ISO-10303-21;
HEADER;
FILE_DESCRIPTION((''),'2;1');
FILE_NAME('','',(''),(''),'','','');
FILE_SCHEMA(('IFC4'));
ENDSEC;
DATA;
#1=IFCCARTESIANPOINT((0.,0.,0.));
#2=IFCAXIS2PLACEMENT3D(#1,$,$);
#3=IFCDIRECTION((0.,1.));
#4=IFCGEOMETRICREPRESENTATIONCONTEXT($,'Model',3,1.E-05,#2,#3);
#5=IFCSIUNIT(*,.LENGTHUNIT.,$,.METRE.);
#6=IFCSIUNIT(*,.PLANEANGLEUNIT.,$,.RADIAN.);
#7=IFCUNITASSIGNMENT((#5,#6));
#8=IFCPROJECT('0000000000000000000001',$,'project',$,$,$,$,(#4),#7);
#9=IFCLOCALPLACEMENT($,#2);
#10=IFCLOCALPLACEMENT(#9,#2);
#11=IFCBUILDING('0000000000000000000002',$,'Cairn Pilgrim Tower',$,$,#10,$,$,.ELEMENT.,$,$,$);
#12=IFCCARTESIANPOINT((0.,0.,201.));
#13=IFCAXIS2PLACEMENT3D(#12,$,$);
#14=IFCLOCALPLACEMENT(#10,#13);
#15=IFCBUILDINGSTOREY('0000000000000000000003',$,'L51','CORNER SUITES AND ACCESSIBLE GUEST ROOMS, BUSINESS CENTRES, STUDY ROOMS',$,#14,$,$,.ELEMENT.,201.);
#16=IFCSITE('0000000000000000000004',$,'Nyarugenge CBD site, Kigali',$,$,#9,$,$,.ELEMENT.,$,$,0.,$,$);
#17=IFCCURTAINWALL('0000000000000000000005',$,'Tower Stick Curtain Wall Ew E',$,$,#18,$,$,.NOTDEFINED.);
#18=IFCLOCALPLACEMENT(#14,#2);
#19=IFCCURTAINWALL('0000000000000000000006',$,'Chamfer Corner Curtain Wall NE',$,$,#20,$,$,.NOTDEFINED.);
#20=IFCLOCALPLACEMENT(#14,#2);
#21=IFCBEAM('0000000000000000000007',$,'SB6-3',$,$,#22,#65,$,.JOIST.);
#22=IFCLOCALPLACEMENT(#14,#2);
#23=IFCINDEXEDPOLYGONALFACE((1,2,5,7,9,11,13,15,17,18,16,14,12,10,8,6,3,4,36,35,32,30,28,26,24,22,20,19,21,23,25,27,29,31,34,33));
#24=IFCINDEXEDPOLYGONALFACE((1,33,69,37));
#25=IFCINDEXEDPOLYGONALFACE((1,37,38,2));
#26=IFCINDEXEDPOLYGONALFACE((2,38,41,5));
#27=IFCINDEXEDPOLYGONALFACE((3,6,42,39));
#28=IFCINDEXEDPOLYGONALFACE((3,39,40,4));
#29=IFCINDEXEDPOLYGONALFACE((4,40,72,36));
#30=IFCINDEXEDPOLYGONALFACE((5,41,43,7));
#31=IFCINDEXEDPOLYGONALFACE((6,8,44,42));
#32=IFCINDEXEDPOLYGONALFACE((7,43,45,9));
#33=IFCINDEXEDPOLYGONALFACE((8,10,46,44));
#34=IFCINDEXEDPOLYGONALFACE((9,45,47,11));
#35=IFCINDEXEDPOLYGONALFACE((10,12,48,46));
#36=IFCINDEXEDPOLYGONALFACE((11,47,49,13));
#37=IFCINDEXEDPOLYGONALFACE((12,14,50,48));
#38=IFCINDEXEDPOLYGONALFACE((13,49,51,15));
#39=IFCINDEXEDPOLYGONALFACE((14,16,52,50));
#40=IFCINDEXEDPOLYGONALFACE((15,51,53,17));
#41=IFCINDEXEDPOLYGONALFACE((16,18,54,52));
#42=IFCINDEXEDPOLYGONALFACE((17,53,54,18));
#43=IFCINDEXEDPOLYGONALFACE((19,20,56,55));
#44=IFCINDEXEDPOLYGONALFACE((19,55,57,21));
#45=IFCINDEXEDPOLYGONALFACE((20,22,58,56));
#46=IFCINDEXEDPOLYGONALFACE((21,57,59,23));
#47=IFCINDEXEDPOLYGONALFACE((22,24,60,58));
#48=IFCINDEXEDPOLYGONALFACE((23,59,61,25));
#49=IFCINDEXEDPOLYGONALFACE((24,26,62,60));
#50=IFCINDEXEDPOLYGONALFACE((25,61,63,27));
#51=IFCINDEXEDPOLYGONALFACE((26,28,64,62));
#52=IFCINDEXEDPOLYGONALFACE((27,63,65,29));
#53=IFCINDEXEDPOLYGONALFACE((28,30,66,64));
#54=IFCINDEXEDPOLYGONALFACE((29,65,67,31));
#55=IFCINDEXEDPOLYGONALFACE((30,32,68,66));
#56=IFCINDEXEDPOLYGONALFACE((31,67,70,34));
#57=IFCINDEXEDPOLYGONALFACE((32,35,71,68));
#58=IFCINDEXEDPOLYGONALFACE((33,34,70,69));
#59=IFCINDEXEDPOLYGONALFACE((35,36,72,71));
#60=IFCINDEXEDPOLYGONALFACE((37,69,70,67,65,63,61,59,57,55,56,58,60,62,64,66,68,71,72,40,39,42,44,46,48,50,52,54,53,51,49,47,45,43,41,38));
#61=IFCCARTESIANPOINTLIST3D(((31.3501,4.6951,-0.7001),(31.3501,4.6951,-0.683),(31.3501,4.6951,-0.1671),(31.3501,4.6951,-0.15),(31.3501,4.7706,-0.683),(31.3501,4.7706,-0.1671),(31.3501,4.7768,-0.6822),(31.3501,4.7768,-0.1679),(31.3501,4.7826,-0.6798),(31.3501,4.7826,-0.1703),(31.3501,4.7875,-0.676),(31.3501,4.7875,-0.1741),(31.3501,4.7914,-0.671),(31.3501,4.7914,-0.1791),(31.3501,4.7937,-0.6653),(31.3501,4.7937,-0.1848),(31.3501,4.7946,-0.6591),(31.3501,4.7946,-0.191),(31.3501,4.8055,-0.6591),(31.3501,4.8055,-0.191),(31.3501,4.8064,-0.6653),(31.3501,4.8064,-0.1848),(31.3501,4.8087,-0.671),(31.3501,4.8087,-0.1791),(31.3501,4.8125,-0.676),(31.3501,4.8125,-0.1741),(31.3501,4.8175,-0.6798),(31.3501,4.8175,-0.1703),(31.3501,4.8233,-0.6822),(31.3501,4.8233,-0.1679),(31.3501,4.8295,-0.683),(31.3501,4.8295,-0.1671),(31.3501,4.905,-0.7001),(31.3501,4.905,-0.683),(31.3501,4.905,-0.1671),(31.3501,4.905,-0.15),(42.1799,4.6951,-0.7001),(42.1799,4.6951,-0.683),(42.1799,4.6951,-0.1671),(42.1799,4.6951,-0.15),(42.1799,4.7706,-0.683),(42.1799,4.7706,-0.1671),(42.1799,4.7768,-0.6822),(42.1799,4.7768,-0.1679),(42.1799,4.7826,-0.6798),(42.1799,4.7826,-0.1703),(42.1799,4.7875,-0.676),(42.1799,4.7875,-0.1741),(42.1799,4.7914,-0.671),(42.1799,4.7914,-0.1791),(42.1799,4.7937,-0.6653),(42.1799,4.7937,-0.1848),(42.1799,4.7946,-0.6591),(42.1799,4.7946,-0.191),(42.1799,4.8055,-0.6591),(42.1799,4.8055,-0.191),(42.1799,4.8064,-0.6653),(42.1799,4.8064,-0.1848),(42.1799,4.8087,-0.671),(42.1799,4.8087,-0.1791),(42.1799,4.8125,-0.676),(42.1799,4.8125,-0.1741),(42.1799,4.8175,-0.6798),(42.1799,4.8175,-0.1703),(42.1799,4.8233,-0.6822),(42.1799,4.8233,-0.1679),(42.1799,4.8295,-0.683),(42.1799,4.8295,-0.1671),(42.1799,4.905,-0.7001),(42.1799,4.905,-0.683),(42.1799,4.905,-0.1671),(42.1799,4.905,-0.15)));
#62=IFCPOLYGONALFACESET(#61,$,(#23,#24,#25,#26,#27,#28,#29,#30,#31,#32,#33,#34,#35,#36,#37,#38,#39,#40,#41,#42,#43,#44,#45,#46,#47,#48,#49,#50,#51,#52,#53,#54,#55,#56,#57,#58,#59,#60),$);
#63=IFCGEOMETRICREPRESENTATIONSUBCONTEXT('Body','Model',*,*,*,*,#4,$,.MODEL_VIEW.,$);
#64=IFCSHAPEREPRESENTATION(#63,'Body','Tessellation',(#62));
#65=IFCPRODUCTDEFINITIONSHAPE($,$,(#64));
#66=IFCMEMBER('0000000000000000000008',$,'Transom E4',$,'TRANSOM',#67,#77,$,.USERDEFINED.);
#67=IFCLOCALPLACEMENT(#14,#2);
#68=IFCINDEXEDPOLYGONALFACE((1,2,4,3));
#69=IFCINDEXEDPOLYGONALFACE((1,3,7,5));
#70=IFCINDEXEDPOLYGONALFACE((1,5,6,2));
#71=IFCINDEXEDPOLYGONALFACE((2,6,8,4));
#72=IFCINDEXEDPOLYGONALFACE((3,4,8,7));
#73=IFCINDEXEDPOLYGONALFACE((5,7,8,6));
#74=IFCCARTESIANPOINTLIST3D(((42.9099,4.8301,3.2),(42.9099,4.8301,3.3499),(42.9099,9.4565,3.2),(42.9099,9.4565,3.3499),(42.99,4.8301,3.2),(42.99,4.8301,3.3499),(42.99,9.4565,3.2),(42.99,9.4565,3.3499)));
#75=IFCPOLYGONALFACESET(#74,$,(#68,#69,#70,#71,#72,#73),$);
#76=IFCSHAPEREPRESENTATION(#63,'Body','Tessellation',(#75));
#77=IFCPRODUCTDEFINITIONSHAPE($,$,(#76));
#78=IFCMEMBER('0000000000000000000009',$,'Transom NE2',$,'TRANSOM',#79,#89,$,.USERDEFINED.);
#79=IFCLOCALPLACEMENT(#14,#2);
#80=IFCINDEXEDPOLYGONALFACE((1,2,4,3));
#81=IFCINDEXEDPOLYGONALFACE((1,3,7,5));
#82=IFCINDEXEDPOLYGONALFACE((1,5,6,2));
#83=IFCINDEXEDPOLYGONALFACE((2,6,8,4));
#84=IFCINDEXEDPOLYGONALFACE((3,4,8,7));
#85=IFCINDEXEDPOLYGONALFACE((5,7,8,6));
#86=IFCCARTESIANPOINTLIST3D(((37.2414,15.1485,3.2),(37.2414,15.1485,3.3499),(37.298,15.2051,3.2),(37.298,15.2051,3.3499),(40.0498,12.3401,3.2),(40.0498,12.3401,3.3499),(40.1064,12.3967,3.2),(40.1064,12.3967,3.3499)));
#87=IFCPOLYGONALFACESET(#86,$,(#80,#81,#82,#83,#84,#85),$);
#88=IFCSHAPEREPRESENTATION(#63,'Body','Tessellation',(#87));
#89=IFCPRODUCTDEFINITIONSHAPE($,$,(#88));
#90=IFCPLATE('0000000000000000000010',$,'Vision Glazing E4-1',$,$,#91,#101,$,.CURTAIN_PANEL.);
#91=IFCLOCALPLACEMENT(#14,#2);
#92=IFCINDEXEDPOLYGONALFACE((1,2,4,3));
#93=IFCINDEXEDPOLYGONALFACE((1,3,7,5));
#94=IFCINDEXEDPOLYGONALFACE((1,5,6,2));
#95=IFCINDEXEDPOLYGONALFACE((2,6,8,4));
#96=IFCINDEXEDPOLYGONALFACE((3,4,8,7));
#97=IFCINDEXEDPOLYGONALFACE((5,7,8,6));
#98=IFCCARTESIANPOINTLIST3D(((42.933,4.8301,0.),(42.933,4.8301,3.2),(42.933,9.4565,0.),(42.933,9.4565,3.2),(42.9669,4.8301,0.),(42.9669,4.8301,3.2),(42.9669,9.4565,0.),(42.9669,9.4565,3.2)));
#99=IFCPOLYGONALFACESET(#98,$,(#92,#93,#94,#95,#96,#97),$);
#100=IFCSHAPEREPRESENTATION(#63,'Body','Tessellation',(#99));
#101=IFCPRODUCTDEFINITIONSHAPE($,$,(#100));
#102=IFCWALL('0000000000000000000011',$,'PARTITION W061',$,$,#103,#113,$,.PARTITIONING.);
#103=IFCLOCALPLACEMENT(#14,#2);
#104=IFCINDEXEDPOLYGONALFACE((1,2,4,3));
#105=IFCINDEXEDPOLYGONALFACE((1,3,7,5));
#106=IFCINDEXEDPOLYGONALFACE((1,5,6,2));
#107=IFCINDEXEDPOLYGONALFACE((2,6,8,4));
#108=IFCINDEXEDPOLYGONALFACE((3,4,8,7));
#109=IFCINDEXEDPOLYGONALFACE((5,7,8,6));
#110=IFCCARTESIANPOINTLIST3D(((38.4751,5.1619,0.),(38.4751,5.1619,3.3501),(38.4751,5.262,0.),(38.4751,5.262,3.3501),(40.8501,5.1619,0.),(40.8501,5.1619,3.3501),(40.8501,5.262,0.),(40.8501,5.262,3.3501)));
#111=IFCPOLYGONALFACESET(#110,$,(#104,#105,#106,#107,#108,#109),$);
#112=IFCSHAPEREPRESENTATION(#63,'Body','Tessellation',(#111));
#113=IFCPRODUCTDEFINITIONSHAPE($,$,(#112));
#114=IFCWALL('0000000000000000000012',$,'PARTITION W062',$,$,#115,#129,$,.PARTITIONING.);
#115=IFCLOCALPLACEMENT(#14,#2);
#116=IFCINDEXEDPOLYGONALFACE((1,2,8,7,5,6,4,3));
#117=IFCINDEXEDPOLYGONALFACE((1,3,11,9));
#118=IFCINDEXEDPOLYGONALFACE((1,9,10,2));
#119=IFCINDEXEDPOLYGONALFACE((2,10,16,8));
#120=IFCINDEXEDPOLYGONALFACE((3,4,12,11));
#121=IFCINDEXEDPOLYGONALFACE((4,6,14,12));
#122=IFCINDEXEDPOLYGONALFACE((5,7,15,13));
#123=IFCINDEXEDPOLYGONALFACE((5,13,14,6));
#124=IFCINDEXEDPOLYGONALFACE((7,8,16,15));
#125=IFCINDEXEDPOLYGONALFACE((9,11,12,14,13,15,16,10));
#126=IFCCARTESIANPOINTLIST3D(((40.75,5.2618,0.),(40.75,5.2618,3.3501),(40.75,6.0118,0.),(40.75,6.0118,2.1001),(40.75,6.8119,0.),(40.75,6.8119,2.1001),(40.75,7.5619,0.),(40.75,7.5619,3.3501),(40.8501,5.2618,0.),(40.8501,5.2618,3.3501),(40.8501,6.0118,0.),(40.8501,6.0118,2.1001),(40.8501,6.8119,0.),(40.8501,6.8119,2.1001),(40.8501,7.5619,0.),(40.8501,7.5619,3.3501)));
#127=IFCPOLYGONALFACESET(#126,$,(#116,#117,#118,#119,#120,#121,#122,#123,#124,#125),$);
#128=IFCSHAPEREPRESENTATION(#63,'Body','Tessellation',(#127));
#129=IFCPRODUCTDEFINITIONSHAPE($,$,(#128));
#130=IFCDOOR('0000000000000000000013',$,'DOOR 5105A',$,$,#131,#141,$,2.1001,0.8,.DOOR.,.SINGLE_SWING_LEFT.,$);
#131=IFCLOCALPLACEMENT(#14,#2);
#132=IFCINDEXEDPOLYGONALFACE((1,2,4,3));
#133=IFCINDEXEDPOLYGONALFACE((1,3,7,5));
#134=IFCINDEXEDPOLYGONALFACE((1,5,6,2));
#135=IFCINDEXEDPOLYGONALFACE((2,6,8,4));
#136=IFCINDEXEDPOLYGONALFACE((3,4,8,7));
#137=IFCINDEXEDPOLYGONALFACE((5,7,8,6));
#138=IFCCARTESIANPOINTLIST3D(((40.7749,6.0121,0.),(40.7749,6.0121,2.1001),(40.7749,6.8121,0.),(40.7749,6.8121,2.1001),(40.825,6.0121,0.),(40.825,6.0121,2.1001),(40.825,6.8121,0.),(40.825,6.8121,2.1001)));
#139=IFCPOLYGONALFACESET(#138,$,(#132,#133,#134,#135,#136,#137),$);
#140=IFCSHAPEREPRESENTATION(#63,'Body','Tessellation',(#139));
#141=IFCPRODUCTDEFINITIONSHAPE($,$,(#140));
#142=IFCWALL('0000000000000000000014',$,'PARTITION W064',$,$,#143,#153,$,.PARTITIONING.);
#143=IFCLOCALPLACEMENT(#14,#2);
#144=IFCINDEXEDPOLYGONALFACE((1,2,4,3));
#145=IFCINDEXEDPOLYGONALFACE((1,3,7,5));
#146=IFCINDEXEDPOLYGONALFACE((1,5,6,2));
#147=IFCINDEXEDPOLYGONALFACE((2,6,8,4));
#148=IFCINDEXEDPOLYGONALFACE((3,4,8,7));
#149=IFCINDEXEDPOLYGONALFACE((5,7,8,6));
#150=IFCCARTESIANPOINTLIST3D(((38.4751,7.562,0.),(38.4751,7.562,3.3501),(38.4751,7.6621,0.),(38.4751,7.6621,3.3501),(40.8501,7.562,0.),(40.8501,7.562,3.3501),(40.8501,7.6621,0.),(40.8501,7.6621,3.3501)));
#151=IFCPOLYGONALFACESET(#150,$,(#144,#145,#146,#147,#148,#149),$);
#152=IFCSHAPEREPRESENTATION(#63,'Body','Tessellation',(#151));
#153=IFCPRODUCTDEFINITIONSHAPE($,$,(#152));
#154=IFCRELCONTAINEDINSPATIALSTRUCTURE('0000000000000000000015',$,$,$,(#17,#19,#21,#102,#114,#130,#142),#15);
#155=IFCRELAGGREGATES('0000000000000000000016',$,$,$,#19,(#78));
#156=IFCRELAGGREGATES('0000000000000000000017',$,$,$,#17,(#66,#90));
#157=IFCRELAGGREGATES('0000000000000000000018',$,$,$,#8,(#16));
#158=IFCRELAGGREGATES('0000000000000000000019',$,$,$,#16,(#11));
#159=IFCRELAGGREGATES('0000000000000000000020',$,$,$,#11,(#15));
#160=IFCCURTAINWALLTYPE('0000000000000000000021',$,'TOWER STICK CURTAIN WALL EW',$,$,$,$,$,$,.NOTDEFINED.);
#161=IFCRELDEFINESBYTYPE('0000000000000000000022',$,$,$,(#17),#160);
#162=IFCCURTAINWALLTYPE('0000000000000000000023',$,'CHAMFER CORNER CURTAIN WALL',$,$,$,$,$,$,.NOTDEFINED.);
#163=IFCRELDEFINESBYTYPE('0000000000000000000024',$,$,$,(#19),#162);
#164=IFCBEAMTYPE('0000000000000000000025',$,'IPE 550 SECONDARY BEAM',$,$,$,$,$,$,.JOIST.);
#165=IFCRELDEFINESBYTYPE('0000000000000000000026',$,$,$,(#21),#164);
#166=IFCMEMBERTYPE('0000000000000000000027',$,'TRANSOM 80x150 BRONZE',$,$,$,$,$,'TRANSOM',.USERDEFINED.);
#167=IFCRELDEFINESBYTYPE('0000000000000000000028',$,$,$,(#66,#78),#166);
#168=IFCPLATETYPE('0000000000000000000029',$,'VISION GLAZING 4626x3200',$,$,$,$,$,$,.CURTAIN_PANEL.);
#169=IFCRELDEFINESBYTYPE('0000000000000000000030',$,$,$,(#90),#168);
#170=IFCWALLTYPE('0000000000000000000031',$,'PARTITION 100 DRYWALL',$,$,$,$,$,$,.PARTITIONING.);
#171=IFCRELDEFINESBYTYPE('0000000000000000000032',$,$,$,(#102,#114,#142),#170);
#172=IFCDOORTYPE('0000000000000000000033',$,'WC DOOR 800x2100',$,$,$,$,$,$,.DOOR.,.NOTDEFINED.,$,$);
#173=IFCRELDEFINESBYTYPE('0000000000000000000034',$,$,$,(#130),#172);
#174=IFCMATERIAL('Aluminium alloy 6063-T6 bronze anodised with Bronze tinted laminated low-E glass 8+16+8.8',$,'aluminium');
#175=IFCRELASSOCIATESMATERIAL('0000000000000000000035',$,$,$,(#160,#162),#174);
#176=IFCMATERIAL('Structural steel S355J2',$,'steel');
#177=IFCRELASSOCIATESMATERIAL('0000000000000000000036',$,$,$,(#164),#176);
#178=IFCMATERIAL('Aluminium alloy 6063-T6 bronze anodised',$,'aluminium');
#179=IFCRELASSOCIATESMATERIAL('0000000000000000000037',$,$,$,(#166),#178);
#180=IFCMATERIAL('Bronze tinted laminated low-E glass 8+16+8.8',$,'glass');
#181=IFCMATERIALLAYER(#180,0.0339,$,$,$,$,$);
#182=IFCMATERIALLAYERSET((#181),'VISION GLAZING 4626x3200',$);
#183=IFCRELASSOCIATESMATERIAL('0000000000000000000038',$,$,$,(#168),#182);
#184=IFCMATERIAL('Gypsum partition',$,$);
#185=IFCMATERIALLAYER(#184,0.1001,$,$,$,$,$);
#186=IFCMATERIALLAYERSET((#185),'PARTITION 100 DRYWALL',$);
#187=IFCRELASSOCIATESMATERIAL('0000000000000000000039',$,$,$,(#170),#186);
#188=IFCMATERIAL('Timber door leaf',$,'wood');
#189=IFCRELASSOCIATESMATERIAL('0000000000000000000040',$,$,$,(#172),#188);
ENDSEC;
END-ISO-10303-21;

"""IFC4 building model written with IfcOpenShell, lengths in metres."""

from ifc_helpers import new_model, si_unit, direction, frame, frame_2d, origin, origin_2d, place, context, subcontext, project, spatial, rectangle, i_section, extrude, material, layer, layer_set, material_profile, profile_set, type_object, element, fill, aggregate, save


model = new_model("IFC4")

# Units and contexts
model_context = context("Model", 3, precision=1e-05, world=origin(), true_north=direction((0.0, 1.0)))
body_context = subcontext(model_context, "Body", "Model", "MODEL_VIEW")
ifc_project = project(units=[si_unit("LENGTHUNIT", "METRE"), si_unit("PLANEANGLEUNIT", "RADIAN")], contexts=[model_context])

# Site, building, storey
site_placement = place(None, origin())
site = spatial("IfcSite", under=ifc_project, at=site_placement, Name="Nyarugenge CBD site, Kigali", CompositionType="ELEMENT", RefElevation=0.0)
building_placement = place(site_placement, origin())
building = spatial("IfcBuilding", under=site, at=building_placement, Name="Cairn Pilgrim Tower", CompositionType="ELEMENT")
storey_placement = place(building_placement, frame((0.0, 0.0, 201.0)))
storey = spatial("IfcBuildingStorey", under=building, at=storey_placement, Name="L51", Description="CORNER SUITES AND ACCESSIBLE GUEST ROOMS, BUSINESS CENTRES, STUDY ROOMS", CompositionType="ELEMENT", Elevation=201.0)

# Curtain wall
ifc_material_1 = material(Name="Aluminium alloy 6063-T6 bronze anodised with Bronze tinted laminated low-E glass 8+16+8.8", Category="aluminium")
curtain_wall_type_1 = type_object("IfcCurtainWallType", Name="TOWER STICK CURTAIN WALL EW", PredefinedType="NOTDEFINED", material=ifc_material_1)
curtain_wall_1_placement = place(storey_placement, origin())
curtain_wall_1 = element("IfcCurtainWall", 1, at=curtain_wall_1_placement, inside=storey, type_object=curtain_wall_type_1, Name="Tower Stick Curtain Wall Ew E", PredefinedType="NOTDEFINED")
ifc_material_2 = material(Name="Aluminium alloy 6063-T6 bronze anodised", Category="aluminium")

# Curtain wall
curtain_wall_type_2 = type_object("IfcCurtainWallType", Name="CHAMFER CORNER CURTAIN WALL", PredefinedType="NOTDEFINED", material=ifc_material_1)
curtain_wall_2_placement = place(storey_placement, origin())
curtain_wall_2 = element("IfcCurtainWall", 2, at=curtain_wall_2_placement, inside=storey, type_object=curtain_wall_type_2, Name="Chamfer Corner Curtain Wall NE", PredefinedType="NOTDEFINED")

# Beam
ifc_material_3 = material(Name="Structural steel S355J2", Category="steel")
ifc_material_profile_1 = material_profile(ifc_material_3, i_section(OverallWidth=0.21, OverallDepth=0.55, WebThickness=0.011, FlangeThickness=0.0171, FilletRadius=0.0239, at=origin_2d()), Name="IPE 550")
ifc_profile_set_1 = profile_set([ifc_material_profile_1], Name="Structural steel S355J2")
beam_type_1 = type_object("IfcBeamType", Name="IPE 550 SECONDARY BEAM", PredefinedType="JOIST", material=ifc_profile_set_1)
beam_1_placement = place(storey_placement, frame((31.3501, 4.8, -0.425), z_axis=(1.0, 0.0, 0.0), x_axis=(0.0, 1.0, 0.0)))
element("IfcBeam", 3, at=beam_1_placement, inside=storey, type_object=beam_type_1, Name="SB6-3", PredefinedType="JOIST", context=body_context, shape_type="SweptSolid", body=[
    extrude(i_section(OverallWidth=0.21, OverallDepth=0.55, WebThickness=0.011, FlangeThickness=0.0171, FilletRadius=0.0239, at=origin_2d()), origin(), (0.0, 0.0, 1.0), 10.8298),
])

# Members
ifc_material_profile_2 = material_profile(ifc_material_2, rectangle(XDim=0.0801, YDim=0.1499, at=origin_2d()), Name="TRANSOM 80x150 BRONZE")
ifc_profile_set_2 = profile_set([ifc_material_profile_2], Name="Aluminium alloy 6063-T6 bronze anodised")
member_type_1 = type_object("IfcMemberType", Name="TRANSOM 80x150 BRONZE", ElementType="TRANSOM", PredefinedType="USERDEFINED", material=ifc_profile_set_2)
member_1_placement = place(storey_placement, frame((42.95, 4.8301, 3.2749), z_axis=(0.0, 1.0, 0.0), x_axis=(-1.0, 0.0, 0.0)))
member_1 = element("IfcMember", 4, at=member_1_placement, type_object=member_type_1, Name="Transom E4", ObjectType="TRANSOM", PredefinedType="USERDEFINED", context=body_context, shape_type="SweptSolid", body=[
    extrude(rectangle(XDim=0.0801, YDim=0.1499, at=origin_2d()), origin(), (0.0, 0.0, 1.0), 4.6265),
])
member_2_placement = place(storey_placement, frame((40.0781, 12.3684, 3.2749), z_axis=(-0.707107, 0.707107, 0.0), x_axis=(-0.707107, -0.707107, 0.0)))
member_2 = element("IfcMember", 5, at=member_2_placement, type_object=member_type_1, Name="Transom NE2", ObjectType="TRANSOM", PredefinedType="USERDEFINED", context=body_context, shape_type="SweptSolid", body=[
    extrude(rectangle(XDim=0.0801, YDim=0.1499, at=origin_2d()), origin(), (0.0, 0.0, 1.0), 3.9717),
])
aggregate(curtain_wall_2, [member_2])

# Plate
ifc_material_4 = material(Name="Bronze tinted laminated low-E glass 8+16+8.8", Category="glass")
ifc_layer_1 = layer(ifc_material_4, 0.0339)
ifc_layer_set_1 = layer_set([ifc_layer_1], Name="VISION GLAZING 4626x3200")
plate_type = type_object("IfcPlateType", Name="VISION GLAZING 4626x3200", PredefinedType="CURTAIN_PANEL", material=ifc_layer_set_1)
plate_placement = place(storey_placement, frame((42.95, 7.1433, 0.0), z_axis=(0.0, 0.0, 1.0), x_axis=(0.0, 1.0, 0.0)))
plate = element("IfcPlate", 6, at=plate_placement, type_object=plate_type, Name="Vision Glazing E4-1", PredefinedType="CURTAIN_PANEL", context=body_context, shape_type="SweptSolid", body=[
    extrude(rectangle(XDim=4.6265, YDim=0.0339, at=origin_2d()), origin(), (0.0, 0.0, 1.0), 3.2),
])
aggregate(curtain_wall_1, [member_1, plate])

# Wall
ifc_material_5 = material(Name="Gypsum partition")
ifc_layer_2 = layer(ifc_material_5, 0.1001)
ifc_layer_set_2 = layer_set([ifc_layer_2], Name="PARTITION 100 DRYWALL")
wall_type_1 = type_object("IfcWallType", Name="PARTITION 100 DRYWALL", PredefinedType="PARTITIONING", material=ifc_layer_set_2)
wall_1_placement = place(storey_placement, frame((38.4751, 5.2119, 0.0), z_axis=(0.0, 0.0, 1.0), x_axis=(1.0, 0.0, 0.0)))
element("IfcWall", 7, at=wall_1_placement, inside=storey, type_object=wall_type_1, Name="PARTITION W061", PredefinedType="PARTITIONING", context=body_context, shape_type="SweptSolid", body=[
    extrude(rectangle(XDim=2.375, YDim=0.1001, at=frame_2d((1.1875, 0.0))), origin(), (0.0, 0.0, 1.0), 3.3501),
])

# Wall, opening, door
wall_2_placement = place(storey_placement, frame((40.8, 5.262, 0.0), z_axis=(0.0, 0.0, 1.0), x_axis=(0.0, 1.0, 0.0)))
wall_2 = element("IfcWall", 8, at=wall_2_placement, inside=storey, type_object=wall_type_1, Name="PARTITION W062", PredefinedType="PARTITIONING", context=body_context, shape_type="SweptSolid", body=[
    extrude(rectangle(XDim=2.3, YDim=0.1001, at=frame_2d((1.1499, 0.0))), origin(), (0.0, 0.0, 1.0), 3.3501),
])
opening_1_placement = place(wall_2_placement, frame((0.75, 0.0, 0.0)))
opening_1 = element("IfcOpeningElement", 9, at=opening_1_placement, cuts=wall_2, PredefinedType="OPENING", context=body_context, shape_type="SweptSolid", body=[
    extrude(rectangle(XDim=0.8, YDim=2.1001, at=frame_2d((0.3999, 1.05))), frame((0.0, 0.0601, 0.0), z_axis=(0.0, -1.0, 0.0), x_axis=(1.0, 0.0, 0.0)), (0.0, 0.0, 1.0), 0.1201),
])
ifc_material_6 = material(Name="Timber door leaf", Category="wood")
door_type_1 = type_object("IfcDoorType", Name="WC DOOR 800x2100", OperationType="NOTDEFINED", PredefinedType="DOOR", material=ifc_material_6)
door_1_placement = place(opening_1_placement, frame((0.8, 0.0, 0.0), z_axis=(0.0, 0.0, 1.0), x_axis=(-1.0, 0.0, 0.0)))
door_1 = element("IfcDoor", 10, at=door_1_placement, inside=storey, type_object=door_type_1, Name="DOOR 5105A", OperationType="SINGLE_SWING_LEFT", OverallHeight=2.1001, OverallWidth=0.8, PredefinedType="DOOR", context=body_context, shape_type="SweptSolid", body=[
    extrude(rectangle(XDim=0.8, YDim=2.1001, at=frame_2d((0.3999, 1.05))), frame((0.0, 0.0249, 0.0), z_axis=(0.0, -1.0, 0.0), x_axis=(1.0, 0.0, 0.0)), (0.0, 0.0, 1.0), 0.05),
])
fill(opening_1, door_1)

# Wall
wall_3_placement = place(storey_placement, frame((38.4751, 7.6121, 0.0), z_axis=(0.0, 0.0, 1.0), x_axis=(1.0, 0.0, 0.0)))
element("IfcWall", 11, at=wall_3_placement, inside=storey, type_object=wall_type_1, Name="PARTITION W064", PredefinedType="PARTITIONING", context=body_context, shape_type="SweptSolid", body=[
    extrude(rectangle(XDim=2.375, YDim=0.1001, at=frame_2d((1.1875, 0.0))), origin(), (0.0, 0.0, 1.0), 3.3501),
])

save(model, "model.ifc")
